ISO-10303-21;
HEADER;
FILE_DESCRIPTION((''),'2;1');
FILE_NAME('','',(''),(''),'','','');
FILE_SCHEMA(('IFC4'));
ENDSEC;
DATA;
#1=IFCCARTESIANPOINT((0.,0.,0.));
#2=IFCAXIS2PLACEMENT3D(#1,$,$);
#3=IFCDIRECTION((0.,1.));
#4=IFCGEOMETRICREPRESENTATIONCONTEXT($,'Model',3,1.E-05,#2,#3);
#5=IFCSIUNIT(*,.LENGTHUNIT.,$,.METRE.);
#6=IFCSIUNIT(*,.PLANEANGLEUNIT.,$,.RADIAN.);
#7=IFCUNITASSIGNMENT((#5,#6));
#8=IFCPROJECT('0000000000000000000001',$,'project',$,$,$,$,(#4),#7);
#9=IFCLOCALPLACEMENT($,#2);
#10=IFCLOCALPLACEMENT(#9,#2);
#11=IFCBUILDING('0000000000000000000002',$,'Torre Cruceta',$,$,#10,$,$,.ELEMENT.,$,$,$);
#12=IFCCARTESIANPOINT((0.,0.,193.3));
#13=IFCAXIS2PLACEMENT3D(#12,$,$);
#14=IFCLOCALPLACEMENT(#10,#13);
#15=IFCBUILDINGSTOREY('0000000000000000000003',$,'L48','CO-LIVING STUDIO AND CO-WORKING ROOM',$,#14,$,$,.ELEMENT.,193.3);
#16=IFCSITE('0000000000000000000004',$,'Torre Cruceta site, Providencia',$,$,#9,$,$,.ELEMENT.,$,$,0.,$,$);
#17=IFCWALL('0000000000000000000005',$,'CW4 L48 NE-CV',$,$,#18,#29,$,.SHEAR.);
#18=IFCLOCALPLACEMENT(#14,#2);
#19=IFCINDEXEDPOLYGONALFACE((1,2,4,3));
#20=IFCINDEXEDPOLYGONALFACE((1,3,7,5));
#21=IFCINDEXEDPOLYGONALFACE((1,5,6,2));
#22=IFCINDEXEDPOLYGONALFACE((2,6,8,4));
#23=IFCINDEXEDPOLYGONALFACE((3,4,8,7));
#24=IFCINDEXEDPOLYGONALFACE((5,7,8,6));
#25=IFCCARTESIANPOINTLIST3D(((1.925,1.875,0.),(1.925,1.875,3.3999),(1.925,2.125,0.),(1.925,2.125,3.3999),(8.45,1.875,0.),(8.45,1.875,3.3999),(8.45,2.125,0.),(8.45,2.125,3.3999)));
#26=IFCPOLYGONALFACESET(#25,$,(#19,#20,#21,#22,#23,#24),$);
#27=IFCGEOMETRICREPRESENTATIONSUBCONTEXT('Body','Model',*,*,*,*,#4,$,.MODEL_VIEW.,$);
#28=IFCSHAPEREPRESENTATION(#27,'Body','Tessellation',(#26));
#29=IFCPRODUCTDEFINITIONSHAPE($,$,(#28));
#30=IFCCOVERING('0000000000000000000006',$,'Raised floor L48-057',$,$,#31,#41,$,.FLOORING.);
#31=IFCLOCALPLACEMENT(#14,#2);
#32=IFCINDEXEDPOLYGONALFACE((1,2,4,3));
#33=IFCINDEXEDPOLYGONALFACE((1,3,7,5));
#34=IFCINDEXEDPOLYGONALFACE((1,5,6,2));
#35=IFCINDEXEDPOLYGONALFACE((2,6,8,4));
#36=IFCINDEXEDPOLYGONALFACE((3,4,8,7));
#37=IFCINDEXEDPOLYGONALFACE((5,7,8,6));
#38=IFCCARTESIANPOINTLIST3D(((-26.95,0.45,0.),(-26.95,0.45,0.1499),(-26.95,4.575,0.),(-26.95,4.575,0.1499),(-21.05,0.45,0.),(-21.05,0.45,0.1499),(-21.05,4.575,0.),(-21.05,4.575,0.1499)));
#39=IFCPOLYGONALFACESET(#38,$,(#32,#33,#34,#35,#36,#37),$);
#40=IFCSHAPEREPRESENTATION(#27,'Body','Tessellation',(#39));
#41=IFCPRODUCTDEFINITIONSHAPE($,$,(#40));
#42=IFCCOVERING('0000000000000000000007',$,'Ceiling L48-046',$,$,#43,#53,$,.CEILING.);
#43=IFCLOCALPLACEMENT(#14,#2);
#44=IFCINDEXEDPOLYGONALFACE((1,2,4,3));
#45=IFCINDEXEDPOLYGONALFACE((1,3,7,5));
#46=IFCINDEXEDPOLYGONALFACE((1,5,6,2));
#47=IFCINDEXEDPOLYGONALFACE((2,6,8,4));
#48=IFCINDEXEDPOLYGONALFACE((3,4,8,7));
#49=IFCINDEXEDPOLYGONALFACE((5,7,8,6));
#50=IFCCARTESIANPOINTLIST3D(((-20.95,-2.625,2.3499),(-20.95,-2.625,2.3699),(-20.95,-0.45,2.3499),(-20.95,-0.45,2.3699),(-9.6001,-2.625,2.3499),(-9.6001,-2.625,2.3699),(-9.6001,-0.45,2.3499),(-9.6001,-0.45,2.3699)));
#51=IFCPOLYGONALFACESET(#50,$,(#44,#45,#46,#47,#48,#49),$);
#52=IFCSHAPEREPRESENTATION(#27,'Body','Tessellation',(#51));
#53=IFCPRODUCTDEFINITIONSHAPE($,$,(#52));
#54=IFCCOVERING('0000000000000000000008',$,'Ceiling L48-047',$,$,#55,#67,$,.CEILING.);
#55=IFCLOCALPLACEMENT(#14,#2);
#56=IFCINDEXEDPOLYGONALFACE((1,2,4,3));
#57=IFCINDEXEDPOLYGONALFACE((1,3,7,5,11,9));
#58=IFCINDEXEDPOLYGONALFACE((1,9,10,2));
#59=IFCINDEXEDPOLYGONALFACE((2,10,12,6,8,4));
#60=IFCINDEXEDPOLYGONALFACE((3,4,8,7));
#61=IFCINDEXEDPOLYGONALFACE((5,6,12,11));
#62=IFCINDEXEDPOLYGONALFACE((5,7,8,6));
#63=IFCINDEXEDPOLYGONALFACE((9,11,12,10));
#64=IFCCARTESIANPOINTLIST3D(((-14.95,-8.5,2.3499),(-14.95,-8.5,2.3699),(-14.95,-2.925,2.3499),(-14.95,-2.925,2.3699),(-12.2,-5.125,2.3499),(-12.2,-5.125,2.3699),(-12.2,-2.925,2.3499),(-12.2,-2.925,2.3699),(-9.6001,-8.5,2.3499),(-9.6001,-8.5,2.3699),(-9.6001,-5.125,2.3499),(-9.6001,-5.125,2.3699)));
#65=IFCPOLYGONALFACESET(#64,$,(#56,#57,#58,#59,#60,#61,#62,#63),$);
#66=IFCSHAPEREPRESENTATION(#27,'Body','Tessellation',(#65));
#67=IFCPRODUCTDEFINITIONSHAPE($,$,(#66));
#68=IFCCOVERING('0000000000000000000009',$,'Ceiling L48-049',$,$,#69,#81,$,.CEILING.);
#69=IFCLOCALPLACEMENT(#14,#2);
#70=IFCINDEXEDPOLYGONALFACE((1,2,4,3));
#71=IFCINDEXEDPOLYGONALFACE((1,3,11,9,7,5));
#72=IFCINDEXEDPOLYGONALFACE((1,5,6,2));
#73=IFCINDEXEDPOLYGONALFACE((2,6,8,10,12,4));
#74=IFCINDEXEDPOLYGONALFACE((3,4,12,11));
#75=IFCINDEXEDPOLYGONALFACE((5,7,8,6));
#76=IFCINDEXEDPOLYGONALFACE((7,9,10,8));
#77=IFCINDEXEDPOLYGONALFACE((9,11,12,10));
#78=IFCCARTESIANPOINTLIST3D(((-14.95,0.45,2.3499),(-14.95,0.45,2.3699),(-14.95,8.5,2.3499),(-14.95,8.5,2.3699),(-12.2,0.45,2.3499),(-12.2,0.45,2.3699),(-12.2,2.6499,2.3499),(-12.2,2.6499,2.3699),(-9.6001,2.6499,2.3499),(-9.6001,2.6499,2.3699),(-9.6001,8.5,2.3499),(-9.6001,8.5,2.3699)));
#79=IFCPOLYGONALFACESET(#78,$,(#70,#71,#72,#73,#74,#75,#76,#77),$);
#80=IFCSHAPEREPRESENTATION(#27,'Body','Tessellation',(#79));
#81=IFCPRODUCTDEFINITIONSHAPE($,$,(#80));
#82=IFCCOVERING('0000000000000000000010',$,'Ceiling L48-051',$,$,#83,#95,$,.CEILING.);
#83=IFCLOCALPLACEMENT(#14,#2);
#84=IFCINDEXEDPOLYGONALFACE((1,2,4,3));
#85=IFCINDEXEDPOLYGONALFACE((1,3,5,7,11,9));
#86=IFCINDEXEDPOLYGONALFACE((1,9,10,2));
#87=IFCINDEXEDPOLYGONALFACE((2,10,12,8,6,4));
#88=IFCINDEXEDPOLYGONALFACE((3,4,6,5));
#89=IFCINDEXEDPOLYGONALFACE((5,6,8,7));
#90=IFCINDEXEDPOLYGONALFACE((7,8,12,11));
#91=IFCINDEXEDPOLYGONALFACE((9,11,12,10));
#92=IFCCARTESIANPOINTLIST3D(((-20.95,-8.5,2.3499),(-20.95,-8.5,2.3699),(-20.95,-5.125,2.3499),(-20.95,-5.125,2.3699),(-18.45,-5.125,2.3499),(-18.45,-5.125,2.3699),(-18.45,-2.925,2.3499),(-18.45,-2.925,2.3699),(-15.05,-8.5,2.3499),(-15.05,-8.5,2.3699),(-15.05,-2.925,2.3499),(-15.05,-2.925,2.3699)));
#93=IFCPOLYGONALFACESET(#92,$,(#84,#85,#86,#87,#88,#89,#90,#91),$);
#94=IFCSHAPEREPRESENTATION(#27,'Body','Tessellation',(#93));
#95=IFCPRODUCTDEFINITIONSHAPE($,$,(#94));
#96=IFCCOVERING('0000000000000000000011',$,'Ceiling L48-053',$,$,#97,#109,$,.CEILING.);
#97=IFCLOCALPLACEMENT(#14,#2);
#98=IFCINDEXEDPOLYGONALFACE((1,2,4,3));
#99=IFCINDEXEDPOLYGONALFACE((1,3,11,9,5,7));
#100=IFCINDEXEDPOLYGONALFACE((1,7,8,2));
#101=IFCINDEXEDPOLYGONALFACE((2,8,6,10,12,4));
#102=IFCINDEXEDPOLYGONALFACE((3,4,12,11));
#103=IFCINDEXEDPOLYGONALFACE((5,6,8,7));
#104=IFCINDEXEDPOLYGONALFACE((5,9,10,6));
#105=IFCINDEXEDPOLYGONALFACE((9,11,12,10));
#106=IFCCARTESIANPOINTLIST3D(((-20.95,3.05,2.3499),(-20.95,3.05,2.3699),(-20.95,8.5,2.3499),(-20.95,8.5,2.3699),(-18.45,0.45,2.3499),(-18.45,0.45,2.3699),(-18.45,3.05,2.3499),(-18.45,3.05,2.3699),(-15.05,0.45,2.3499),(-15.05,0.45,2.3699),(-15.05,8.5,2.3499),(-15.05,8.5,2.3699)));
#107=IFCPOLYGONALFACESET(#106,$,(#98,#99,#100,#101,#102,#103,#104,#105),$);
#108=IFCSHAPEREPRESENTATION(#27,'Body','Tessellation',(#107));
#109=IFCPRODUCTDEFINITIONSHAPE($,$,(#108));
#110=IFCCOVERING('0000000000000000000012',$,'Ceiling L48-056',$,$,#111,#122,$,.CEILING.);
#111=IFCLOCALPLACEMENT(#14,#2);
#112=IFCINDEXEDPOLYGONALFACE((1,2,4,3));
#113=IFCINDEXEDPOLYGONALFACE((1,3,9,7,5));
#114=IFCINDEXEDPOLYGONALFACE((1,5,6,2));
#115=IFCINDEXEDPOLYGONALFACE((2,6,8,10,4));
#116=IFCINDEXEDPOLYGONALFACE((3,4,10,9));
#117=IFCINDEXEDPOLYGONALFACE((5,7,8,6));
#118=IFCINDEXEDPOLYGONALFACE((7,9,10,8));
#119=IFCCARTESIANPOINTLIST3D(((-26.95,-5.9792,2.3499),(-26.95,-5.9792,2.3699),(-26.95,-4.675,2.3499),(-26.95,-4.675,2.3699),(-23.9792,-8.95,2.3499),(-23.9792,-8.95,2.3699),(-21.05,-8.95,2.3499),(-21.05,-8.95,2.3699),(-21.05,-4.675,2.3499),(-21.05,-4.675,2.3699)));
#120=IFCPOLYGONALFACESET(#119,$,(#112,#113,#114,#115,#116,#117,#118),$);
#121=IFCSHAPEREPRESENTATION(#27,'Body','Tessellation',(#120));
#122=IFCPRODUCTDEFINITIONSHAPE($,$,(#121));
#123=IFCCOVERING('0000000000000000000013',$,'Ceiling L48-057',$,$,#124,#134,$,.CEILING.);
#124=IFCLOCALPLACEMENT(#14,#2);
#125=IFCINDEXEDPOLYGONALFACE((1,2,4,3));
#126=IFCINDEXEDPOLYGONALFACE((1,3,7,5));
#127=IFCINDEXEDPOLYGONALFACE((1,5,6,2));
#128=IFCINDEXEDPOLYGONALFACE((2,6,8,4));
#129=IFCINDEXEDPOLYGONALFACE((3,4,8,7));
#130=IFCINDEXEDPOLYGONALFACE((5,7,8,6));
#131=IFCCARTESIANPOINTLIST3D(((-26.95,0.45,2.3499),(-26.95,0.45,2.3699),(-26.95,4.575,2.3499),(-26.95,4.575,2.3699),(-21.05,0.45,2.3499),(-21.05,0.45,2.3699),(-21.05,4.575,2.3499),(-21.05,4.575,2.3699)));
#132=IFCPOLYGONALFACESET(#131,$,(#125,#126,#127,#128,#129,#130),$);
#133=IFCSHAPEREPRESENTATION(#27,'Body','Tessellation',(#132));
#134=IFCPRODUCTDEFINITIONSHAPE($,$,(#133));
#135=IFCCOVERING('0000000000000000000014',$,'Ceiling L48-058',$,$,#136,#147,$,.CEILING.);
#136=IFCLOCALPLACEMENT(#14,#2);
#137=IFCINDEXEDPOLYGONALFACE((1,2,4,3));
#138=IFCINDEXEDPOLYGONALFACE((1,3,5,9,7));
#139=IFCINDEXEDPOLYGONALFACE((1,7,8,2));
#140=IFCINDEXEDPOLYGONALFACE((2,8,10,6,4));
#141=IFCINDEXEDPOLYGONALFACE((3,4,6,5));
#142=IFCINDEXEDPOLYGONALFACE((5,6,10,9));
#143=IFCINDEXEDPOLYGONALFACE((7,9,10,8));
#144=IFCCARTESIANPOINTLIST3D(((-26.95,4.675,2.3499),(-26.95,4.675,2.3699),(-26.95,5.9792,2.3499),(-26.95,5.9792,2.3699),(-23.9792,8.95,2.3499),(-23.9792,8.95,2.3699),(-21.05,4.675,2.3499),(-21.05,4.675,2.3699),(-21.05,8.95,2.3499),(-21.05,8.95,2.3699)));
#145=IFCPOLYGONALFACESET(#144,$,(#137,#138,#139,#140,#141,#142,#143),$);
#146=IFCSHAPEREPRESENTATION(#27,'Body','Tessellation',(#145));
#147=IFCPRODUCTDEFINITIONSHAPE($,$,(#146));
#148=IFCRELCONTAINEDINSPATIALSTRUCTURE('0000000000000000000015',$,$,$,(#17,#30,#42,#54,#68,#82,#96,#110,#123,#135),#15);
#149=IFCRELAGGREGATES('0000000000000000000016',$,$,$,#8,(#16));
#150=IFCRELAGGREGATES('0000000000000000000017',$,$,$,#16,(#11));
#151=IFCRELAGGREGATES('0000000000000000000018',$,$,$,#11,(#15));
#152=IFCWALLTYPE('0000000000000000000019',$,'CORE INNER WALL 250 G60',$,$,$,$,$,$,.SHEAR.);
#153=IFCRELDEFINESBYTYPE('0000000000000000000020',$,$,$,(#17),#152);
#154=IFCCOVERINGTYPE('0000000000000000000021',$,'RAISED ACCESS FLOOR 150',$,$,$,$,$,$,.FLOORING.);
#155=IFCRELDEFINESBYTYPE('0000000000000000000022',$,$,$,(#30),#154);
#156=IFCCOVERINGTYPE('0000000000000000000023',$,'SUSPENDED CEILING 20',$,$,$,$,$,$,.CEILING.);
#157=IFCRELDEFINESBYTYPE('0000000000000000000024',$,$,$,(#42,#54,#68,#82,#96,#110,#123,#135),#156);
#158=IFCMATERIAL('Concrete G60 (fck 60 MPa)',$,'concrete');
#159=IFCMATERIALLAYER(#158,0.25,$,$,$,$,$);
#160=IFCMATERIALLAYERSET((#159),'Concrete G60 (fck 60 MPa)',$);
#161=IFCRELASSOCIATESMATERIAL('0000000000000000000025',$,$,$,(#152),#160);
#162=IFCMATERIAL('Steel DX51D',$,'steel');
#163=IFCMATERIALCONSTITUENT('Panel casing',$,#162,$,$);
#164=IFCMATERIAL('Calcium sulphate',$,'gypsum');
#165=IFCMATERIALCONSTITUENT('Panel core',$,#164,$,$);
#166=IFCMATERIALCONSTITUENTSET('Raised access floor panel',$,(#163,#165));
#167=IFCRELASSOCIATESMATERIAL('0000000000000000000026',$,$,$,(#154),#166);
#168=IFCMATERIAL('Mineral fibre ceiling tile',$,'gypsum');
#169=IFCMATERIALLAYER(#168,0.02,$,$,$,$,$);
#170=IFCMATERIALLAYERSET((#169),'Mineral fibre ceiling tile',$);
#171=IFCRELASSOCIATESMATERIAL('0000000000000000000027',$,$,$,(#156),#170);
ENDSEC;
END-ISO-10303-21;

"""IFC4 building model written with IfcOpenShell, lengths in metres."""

from ifc_helpers import new_model, si_unit, direction, frame, frame_2d, origin, place, context, subcontext, project, spatial, polyline, rectangle, outline, extrude, material, layer, layer_set, constituent, constituent_set, type_object, element, save


model = new_model("IFC4")

# Units and contexts
model_context = context("Model", 3, precision=1e-05, world=origin(), true_north=direction((0.0, 1.0)))
body_context = subcontext(model_context, "Body", "Model", "MODEL_VIEW")
ifc_project = project(units=[si_unit("LENGTHUNIT", "METRE"), si_unit("PLANEANGLEUNIT", "RADIAN")], contexts=[model_context])

# Site, building, storey
site_placement = place(None, origin())
site = spatial("IfcSite", under=ifc_project, at=site_placement, Name="Torre Cruceta site, Providencia", CompositionType="ELEMENT", RefElevation=0.0)
building_placement = place(site_placement, origin())
building = spatial("IfcBuilding", under=site, at=building_placement, Name="Torre Cruceta", CompositionType="ELEMENT")
storey_placement = place(building_placement, frame((0.0, 0.0, 193.3)))
storey = spatial("IfcBuildingStorey", under=building, at=storey_placement, Name="L48", Description="CO-LIVING STUDIO AND CO-WORKING ROOM", CompositionType="ELEMENT", Elevation=193.3)

# Shared definitions
ifc_material_1 = material(Name="Concrete G60 (fck 60 MPa)", Category="concrete")
ifc_layer_1 = layer(ifc_material_1, 0.25)
ifc_layer_set_1 = layer_set([ifc_layer_1], Name="Concrete G60 (fck 60 MPa)")
wall_type = type_object("IfcWallType", Name="CORE INNER WALL 250 G60", PredefinedType="SHEAR", material=ifc_layer_set_1)

# Wall
wall_1_placement = place(storey_placement, frame((1.925, 2.0, 0.0), z_axis=(0.0, 0.0, 1.0), x_axis=(1.0, 0.0, 0.0)))
element("IfcWall", 1, at=wall_1_placement, inside=storey, type_object=wall_type, Name="CW4 L48 NE-CV", PredefinedType="SHEAR", context=body_context, shape_type="SweptSolid", body=[
    extrude(rectangle(XDim=6.5249, YDim=0.25, at=frame_2d((3.2625, 0.0))), origin(), (0.0, 0.0, 1.0), 3.3999),
])

# Coverings
ifc_material_2 = material(Name="Steel DX51D", Category="steel")
ifc_constituent_1 = constituent(ifc_material_2, Name="Panel casing")
ifc_material_3 = material(Name="Calcium sulphate", Category="gypsum")
ifc_constituent_2 = constituent(ifc_material_3, Name="Panel core")
ifc_constituent_set_1 = constituent_set(constituents=[ifc_constituent_1, ifc_constituent_2], Name="Raised access floor panel")
covering_type_1 = type_object("IfcCoveringType", Name="RAISED ACCESS FLOOR 150", PredefinedType="FLOORING", material=ifc_constituent_set_1)
covering_1_placement = place(storey_placement, origin())
element("IfcCovering", 2, at=covering_1_placement, inside=storey, type_object=covering_type_1, Name="Raised floor L48-057", PredefinedType="FLOORING", context=body_context, shape_type="SweptSolid", body=[
    extrude(outline(polyline([(-26.95, 4.575), (-21.05, 4.575), (-21.05, 0.45), (-26.95, 0.45), (-26.95, 4.575)])), origin(), (0.0, 0.0, 1.0), 0.1499),
])
ifc_material_4 = material(Name="Mineral fibre ceiling tile", Category="gypsum")
ifc_layer_2 = layer(ifc_material_4, 0.02)
ifc_layer_set_2 = layer_set([ifc_layer_2], Name="Mineral fibre ceiling tile")
covering_type_2 = type_object("IfcCoveringType", Name="SUSPENDED CEILING 20", PredefinedType="CEILING", material=ifc_layer_set_2)
covering_2_placement = place(storey_placement, frame((0.0, 0.0, 2.3499)))
element("IfcCovering", 3, at=covering_2_placement, inside=storey, type_object=covering_type_2, Name="Ceiling L48-046", PredefinedType="CEILING", context=body_context, shape_type="SweptSolid", body=[
    extrude(outline(polyline([(-9.6001, -0.45), (-9.6001, -2.625), (-20.95, -2.625), (-20.95, -0.45), (-9.6001, -0.45)])), origin(), (0.0, 0.0, 1.0), 0.02),
])
covering_3_placement = place(storey_placement, frame((0.0, 0.0, 2.3499)))
element("IfcCovering", 4, at=covering_3_placement, inside=storey, type_object=covering_type_2, Name="Ceiling L48-047", PredefinedType="CEILING", context=body_context, shape_type="SweptSolid", body=[
    extrude(outline(polyline([(-9.6001, -8.5), (-14.95, -8.5), (-14.95, -2.925), (-12.2, -2.925), (-12.2, -5.125), (-9.6001, -5.125), (-9.6001, -8.5)])), origin(), (0.0, 0.0, 1.0), 0.02),
])
covering_4_placement = place(storey_placement, frame((0.0, 0.0, 2.3499)))
element("IfcCovering", 5, at=covering_4_placement, inside=storey, type_object=covering_type_2, Name="Ceiling L48-049", PredefinedType="CEILING", context=body_context, shape_type="SweptSolid", body=[
    extrude(outline(polyline([(-14.95, 0.45), (-14.95, 8.5), (-9.6001, 8.5), (-9.6001, 2.6499), (-12.2, 2.6499), (-12.2, 0.45), (-14.95, 0.45)])), origin(), (0.0, 0.0, 1.0), 0.02),
])
covering_5_placement = place(storey_placement, frame((0.0, 0.0, 2.3499)))
element("IfcCovering", 6, at=covering_5_placement, inside=storey, type_object=covering_type_2, Name="Ceiling L48-051", PredefinedType="CEILING", context=body_context, shape_type="SweptSolid", body=[
    extrude(outline(polyline([(-15.05, -2.925), (-15.05, -8.5), (-20.95, -8.5), (-20.95, -5.125), (-18.45, -5.125), (-18.45, -2.925), (-15.05, -2.925)])), origin(), (0.0, 0.0, 1.0), 0.02),
])
covering_6_placement = place(storey_placement, frame((0.0, 0.0, 2.3499)))
element("IfcCovering", 7, at=covering_6_placement, inside=storey, type_object=covering_type_2, Name="Ceiling L48-053", PredefinedType="CEILING", context=body_context, shape_type="SweptSolid", body=[
    extrude(outline(polyline([(-20.95, 8.5), (-15.05, 8.5), (-15.05, 0.45), (-18.45, 0.45), (-18.45, 3.05), (-20.95, 3.05), (-20.95, 8.5)])), origin(), (0.0, 0.0, 1.0), 0.02),
])
covering_7_placement = place(storey_placement, frame((0.0, 0.0, 2.3499)))
element("IfcCovering", 8, at=covering_7_placement, inside=storey, type_object=covering_type_2, Name="Ceiling L48-056", PredefinedType="CEILING", context=body_context, shape_type="SweptSolid", body=[
    extrude(outline(polyline([(-23.9792, -8.95), (-26.95, -5.9792), (-26.95, -4.675), (-21.05, -4.675), (-21.05, -8.95), (-23.9792, -8.95)])), origin(), (0.0, 0.0, 1.0), 0.02),
])
covering_8_placement = place(storey_placement, frame((0.0, 0.0, 2.3499)))
element("IfcCovering", 9, at=covering_8_placement, inside=storey, type_object=covering_type_2, Name="Ceiling L48-057", PredefinedType="CEILING", context=body_context, shape_type="SweptSolid", body=[
    extrude(outline(polyline([(-26.95, 4.575), (-21.05, 4.575), (-21.05, 0.45), (-26.95, 0.45), (-26.95, 4.575)])), origin(), (0.0, 0.0, 1.0), 0.02),
])
covering_9_placement = place(storey_placement, frame((0.0, 0.0, 2.3499)))
element("IfcCovering", 10, at=covering_9_placement, inside=storey, type_object=covering_type_2, Name="Ceiling L48-058", PredefinedType="CEILING", context=body_context, shape_type="SweptSolid", body=[
    extrude(outline(polyline([(-23.9792, 8.95), (-21.05, 8.95), (-21.05, 4.675), (-26.95, 4.675), (-26.95, 5.9792), (-23.9792, 8.95)])), origin(), (0.0, 0.0, 1.0), 0.02),
])

save(model, "model.ifc")
